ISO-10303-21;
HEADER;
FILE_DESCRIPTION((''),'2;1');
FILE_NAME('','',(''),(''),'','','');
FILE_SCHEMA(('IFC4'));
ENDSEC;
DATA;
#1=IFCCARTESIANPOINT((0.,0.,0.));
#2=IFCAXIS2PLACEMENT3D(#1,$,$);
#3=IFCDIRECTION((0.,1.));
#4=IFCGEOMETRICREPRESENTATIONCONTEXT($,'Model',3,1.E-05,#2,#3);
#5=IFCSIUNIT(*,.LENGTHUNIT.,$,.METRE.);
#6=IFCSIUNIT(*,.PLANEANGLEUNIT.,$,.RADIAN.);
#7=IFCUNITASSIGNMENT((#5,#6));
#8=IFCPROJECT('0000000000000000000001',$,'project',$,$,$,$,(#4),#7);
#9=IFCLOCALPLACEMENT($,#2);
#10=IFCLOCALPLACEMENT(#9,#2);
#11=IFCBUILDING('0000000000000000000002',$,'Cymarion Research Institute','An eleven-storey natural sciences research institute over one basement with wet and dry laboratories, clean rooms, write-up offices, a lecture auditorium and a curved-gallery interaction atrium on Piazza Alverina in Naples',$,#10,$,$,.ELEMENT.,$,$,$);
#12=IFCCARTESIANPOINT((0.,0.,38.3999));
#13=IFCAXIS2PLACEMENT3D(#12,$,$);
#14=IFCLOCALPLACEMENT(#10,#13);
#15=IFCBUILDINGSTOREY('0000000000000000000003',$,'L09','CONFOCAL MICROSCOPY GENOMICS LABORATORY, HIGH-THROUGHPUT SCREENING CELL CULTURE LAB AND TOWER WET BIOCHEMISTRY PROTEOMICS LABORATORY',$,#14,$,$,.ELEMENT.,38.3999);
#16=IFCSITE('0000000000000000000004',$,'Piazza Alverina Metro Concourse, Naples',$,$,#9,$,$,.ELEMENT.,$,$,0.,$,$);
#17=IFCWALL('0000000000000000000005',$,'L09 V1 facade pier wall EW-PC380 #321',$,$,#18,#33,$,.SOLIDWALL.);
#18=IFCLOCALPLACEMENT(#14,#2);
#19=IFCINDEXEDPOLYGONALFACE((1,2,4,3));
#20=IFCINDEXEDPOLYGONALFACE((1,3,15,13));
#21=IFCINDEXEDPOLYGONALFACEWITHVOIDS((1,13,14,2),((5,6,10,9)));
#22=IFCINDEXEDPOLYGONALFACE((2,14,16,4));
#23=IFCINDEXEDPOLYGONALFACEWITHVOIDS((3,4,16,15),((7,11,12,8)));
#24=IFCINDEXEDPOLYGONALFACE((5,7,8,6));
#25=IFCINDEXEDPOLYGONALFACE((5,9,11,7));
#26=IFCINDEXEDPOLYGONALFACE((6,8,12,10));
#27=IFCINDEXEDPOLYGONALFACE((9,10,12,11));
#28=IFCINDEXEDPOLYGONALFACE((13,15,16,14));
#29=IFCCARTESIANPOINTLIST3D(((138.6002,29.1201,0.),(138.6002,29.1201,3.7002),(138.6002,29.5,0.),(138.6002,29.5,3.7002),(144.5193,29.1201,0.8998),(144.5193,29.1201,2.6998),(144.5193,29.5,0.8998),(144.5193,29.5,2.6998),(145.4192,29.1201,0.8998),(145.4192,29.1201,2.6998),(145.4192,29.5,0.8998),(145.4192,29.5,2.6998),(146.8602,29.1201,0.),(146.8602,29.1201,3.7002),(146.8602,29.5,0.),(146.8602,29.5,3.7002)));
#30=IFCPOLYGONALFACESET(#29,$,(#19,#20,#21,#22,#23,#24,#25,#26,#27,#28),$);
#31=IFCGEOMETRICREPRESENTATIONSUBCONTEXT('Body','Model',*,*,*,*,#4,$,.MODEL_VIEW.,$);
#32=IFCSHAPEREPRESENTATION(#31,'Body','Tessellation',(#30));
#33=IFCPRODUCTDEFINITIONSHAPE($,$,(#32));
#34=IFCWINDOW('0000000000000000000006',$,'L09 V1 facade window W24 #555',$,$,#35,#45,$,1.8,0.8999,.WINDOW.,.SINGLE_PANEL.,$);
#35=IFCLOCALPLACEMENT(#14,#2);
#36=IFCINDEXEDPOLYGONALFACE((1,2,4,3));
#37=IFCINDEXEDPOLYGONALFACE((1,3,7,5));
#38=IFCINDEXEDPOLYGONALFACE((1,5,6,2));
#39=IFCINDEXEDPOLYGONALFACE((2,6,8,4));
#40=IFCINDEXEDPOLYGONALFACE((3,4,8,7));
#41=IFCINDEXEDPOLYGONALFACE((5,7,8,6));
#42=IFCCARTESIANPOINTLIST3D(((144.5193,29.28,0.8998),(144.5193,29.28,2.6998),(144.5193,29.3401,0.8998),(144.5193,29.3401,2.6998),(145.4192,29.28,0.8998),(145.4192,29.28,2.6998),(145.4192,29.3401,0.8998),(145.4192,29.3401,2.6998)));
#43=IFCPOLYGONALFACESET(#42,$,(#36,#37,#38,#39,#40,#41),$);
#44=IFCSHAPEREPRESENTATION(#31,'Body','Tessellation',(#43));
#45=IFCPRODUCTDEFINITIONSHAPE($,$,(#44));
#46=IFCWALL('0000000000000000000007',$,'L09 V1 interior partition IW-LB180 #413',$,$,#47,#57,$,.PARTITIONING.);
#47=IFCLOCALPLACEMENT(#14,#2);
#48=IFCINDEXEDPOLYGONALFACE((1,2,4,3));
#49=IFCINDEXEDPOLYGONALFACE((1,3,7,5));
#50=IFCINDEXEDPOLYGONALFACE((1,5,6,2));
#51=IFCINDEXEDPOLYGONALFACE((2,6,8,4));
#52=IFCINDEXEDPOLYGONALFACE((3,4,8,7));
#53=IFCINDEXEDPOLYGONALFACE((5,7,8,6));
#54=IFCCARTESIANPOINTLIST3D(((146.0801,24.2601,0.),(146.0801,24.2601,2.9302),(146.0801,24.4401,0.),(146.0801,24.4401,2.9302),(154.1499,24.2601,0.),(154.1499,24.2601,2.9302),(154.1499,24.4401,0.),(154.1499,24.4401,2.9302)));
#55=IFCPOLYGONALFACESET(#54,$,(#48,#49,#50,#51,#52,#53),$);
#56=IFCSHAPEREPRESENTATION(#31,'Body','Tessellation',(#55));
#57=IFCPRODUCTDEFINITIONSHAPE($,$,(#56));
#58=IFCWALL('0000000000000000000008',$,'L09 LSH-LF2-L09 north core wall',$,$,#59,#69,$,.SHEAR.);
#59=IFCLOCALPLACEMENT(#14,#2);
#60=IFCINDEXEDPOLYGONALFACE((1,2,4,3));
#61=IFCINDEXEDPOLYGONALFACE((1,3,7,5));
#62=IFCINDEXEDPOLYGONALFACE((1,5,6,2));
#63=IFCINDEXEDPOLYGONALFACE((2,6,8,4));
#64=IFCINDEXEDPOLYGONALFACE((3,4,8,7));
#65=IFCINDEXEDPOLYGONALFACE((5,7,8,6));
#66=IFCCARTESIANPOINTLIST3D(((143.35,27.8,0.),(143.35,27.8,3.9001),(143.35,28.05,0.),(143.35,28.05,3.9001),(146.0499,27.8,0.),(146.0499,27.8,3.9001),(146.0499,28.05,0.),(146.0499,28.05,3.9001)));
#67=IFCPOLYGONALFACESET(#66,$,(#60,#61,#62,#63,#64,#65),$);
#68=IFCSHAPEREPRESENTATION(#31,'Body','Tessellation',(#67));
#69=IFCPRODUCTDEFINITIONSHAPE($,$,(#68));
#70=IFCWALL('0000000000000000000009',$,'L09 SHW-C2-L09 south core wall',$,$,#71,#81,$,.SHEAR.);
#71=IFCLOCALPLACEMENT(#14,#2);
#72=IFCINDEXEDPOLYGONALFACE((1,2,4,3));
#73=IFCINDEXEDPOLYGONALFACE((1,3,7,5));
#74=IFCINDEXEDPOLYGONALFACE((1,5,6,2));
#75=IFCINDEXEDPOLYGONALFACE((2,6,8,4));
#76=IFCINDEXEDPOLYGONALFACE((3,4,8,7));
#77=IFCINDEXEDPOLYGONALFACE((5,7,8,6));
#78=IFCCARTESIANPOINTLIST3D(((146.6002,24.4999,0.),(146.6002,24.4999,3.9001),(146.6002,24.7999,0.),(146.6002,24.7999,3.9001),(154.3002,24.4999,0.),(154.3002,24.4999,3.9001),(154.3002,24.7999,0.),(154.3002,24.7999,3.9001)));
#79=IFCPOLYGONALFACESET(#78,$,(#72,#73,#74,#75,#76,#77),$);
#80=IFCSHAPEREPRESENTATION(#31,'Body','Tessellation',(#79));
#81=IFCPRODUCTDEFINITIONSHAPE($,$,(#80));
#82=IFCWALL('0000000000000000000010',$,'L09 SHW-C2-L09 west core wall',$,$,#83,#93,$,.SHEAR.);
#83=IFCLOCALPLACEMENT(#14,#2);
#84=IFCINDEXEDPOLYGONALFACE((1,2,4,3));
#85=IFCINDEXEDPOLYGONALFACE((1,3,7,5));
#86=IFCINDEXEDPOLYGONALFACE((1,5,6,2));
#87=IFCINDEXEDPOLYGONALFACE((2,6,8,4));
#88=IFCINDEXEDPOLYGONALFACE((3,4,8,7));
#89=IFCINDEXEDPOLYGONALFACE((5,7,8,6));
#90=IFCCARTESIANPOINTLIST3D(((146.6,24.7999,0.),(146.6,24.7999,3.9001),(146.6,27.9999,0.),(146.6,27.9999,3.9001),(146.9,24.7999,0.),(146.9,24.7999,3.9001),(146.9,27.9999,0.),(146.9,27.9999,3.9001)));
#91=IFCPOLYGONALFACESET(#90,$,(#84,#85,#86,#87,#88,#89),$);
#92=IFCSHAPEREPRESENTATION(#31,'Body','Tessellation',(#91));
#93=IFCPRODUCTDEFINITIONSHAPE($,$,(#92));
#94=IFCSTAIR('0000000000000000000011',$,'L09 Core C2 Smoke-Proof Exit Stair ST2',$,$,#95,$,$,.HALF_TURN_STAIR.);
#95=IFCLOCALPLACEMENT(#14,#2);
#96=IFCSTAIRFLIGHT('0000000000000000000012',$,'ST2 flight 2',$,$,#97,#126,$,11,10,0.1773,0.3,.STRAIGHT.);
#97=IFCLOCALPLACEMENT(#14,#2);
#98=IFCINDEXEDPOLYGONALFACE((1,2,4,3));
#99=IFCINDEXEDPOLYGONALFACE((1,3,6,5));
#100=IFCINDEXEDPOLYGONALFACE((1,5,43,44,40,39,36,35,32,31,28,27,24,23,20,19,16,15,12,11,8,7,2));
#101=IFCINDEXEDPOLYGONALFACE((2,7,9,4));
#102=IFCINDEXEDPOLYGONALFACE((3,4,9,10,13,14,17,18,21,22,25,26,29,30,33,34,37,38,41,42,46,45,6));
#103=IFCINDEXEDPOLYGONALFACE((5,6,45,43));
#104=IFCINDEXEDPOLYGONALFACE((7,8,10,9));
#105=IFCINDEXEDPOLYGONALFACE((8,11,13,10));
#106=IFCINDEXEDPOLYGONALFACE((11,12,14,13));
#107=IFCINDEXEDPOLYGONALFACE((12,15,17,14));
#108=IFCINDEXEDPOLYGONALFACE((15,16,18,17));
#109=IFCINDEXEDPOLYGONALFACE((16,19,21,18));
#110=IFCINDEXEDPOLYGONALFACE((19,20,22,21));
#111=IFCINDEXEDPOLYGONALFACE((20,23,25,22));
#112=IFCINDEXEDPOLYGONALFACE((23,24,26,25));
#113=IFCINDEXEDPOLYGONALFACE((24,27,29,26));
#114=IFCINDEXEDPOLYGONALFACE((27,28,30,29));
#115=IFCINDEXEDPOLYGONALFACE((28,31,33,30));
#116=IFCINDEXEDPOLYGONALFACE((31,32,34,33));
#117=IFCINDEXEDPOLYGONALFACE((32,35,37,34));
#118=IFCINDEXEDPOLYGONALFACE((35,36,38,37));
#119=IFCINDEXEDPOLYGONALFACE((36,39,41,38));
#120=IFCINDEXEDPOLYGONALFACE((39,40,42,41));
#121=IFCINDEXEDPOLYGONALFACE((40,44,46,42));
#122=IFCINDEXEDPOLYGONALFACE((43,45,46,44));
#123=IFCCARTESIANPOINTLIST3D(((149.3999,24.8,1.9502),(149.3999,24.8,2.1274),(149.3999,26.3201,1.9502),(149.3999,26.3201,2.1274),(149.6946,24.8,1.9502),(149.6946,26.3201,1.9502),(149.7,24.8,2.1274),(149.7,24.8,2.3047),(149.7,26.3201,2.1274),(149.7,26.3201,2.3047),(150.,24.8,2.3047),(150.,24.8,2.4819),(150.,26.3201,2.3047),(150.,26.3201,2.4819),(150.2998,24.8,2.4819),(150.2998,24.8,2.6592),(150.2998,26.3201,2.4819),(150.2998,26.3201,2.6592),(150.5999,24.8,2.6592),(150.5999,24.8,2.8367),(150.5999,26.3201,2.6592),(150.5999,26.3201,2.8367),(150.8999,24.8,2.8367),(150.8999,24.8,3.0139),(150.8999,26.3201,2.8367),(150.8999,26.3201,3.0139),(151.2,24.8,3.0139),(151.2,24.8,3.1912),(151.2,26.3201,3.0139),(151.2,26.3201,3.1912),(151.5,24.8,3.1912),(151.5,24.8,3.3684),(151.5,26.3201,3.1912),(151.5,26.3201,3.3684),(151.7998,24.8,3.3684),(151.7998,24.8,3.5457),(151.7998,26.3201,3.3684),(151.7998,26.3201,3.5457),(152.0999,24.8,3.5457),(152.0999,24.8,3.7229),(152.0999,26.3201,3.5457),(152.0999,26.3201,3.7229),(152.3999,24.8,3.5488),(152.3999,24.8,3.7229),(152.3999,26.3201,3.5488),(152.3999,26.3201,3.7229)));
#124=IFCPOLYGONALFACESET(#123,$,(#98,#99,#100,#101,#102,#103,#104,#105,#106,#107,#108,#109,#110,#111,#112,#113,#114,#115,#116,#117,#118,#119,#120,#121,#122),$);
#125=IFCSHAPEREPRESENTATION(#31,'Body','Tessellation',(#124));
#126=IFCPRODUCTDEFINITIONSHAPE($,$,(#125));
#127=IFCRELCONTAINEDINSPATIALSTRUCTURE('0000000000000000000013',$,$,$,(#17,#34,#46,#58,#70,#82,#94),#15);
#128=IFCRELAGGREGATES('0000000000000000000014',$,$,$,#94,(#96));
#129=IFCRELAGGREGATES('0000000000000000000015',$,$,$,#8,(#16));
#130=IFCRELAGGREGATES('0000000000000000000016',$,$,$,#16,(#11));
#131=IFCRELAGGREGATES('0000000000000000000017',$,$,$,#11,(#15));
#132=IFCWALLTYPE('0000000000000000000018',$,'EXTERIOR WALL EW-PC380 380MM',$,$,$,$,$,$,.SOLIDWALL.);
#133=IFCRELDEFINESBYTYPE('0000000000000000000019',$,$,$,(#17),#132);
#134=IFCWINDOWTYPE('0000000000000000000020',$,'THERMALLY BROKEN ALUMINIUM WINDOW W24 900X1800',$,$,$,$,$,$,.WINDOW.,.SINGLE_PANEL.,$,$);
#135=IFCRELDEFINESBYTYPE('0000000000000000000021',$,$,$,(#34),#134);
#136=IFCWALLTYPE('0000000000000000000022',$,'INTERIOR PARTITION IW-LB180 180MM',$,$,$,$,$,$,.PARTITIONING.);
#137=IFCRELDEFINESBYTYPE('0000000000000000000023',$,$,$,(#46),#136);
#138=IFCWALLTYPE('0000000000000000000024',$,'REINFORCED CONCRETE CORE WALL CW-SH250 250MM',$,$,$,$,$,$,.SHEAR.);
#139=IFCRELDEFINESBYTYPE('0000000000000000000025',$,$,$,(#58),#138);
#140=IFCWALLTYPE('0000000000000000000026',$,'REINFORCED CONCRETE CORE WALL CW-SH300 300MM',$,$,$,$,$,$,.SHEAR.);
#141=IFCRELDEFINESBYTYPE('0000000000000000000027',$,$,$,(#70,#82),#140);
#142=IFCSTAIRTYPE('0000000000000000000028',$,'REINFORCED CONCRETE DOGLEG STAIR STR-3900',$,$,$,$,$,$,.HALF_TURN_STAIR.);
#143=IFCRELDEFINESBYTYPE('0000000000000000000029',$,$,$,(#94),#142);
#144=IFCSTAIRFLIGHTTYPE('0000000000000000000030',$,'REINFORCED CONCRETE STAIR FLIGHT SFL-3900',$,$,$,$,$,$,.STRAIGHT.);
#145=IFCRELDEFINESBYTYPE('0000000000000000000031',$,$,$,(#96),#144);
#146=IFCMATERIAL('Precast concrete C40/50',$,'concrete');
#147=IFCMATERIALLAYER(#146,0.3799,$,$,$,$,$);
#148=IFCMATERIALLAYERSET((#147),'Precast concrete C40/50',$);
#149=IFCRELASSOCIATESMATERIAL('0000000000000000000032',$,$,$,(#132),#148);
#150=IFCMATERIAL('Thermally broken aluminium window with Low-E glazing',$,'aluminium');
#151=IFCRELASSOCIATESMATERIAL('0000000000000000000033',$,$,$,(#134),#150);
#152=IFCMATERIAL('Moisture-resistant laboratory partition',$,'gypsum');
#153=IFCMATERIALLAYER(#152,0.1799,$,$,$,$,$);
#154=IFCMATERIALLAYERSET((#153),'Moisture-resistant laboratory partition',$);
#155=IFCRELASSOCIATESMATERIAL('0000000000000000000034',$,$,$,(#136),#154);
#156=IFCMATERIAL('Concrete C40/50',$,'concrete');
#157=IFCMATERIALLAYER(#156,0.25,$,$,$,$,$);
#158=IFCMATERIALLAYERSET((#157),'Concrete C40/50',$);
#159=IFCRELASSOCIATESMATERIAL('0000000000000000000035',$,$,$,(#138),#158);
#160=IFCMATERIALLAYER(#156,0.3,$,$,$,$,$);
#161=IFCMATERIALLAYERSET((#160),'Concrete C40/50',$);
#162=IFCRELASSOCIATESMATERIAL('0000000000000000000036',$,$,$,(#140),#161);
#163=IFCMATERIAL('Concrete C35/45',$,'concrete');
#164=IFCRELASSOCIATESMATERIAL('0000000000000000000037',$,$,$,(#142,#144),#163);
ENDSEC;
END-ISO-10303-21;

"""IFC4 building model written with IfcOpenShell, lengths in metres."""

from ifc_helpers import new_model, si_unit, direction, frame, frame_2d, origin, place, context, subcontext, project, spatial, polyline, rectangle, outline, extrude, material, layer, layer_set, type_object, element, fill, aggregate, save


model = new_model("IFC4")

# Units and contexts
model_context = context("Model", 3, precision=1e-05, world=origin(), true_north=direction((0.0, 1.0)))
body_context = subcontext(model_context, "Body", "Model", "MODEL_VIEW")
ifc_project = project(units=[si_unit("LENGTHUNIT", "METRE"), si_unit("PLANEANGLEUNIT", "RADIAN")], contexts=[model_context])

# Site, building, storey
site_placement = place(None, origin())
site = spatial("IfcSite", under=ifc_project, at=site_placement, Name="Piazza Alverina Metro Concourse, Naples", CompositionType="ELEMENT", RefElevation=0.0)
building_placement = place(site_placement, origin())
building = spatial("IfcBuilding", under=site, at=building_placement, Name="Cymarion Research Institute", Description="An eleven-storey natural sciences research institute over one basement with wet and dry laboratories, clean rooms, write-up offices, a lecture auditorium and a curved-gallery interaction atrium on Piazza Alverina in Naples", CompositionType="ELEMENT")
storey_placement = place(building_placement, frame((0.0, 0.0, 38.3999)))
storey = spatial("IfcBuildingStorey", under=building, at=storey_placement, Name="L09", Description="CONFOCAL MICROSCOPY GENOMICS LABORATORY, HIGH-THROUGHPUT SCREENING CELL CULTURE LAB AND TOWER WET BIOCHEMISTRY PROTEOMICS LABORATORY", CompositionType="ELEMENT", Elevation=38.3999)

# Shared definitions
ifc_material_1 = material(Name="Concrete C40/50", Category="concrete")

# Wall, opening, window
ifc_material_2 = material(Name="Precast concrete C40/50", Category="concrete")
ifc_layer_1 = layer(ifc_material_2, 0.3799)
ifc_layer_set_1 = layer_set([ifc_layer_1], Name="Precast concrete C40/50")
wall_type_1 = type_object("IfcWallType", Name="EXTERIOR WALL EW-PC380 380MM", PredefinedType="SOLIDWALL", material=ifc_layer_set_1)
wall_1_placement = place(storey_placement, frame((146.8601, 29.3101, 0.0), z_axis=(0.0, 0.0, 1.0), x_axis=(-1.0, 0.0, 0.0)))
wall_1 = element("IfcWall", 1, at=wall_1_placement, inside=storey, type_object=wall_type_1, Name="L09 V1 facade pier wall EW-PC380 #321", PredefinedType="SOLIDWALL", context=body_context, shape_type="SweptSolid", body=[
    extrude(rectangle(XDim=8.26, YDim=0.3799, at=frame_2d((4.1299, 0.0))), origin(), (0.0, 0.0, 1.0), 3.7002),
])
opening_placement = place(wall_1_placement, frame((1.4409, 0.0, 0.8999)))
opening = element("IfcOpeningElement", 2, at=opening_placement, cuts=wall_1, PredefinedType="OPENING", context=body_context, shape_type="SweptSolid", body=[
    extrude(rectangle(XDim=0.8999, YDim=1.8, at=frame_2d((0.45, 0.8999))), frame((0.0, 0.2, 0.0), z_axis=(0.0, -1.0, 0.0), x_axis=(1.0, 0.0, 0.0)), (0.0, 0.0, 1.0), 0.3999),
])
ifc_material_3 = material(Name="Thermally broken aluminium window with Low-E glazing", Category="aluminium")
window_type = type_object("IfcWindowType", Name="THERMALLY BROKEN ALUMINIUM WINDOW W24 900X1800", PartitioningType="SINGLE_PANEL", PredefinedType="WINDOW", material=ifc_material_3)
window_placement = place(opening_placement, origin())
window = element("IfcWindow", 3, at=window_placement, inside=storey, type_object=window_type, Name="L09 V1 facade window W24 #555", OverallHeight=1.8, OverallWidth=0.8999, PartitioningType="SINGLE_PANEL", PredefinedType="WINDOW", context=body_context, shape_type="SweptSolid", body=[
    extrude(rectangle(XDim=0.8999, YDim=1.8, at=frame_2d((0.45, 0.8999))), frame((0.0, 0.03, 0.0), z_axis=(0.0, -1.0, 0.0), x_axis=(1.0, 0.0, 0.0)), (0.0, 0.0, 1.0), 0.0601),
])
fill(opening, window)

# Walls
ifc_material_4 = material(Name="Moisture-resistant laboratory partition", Category="gypsum")
ifc_layer_2 = layer(ifc_material_4, 0.1799)
ifc_layer_set_2 = layer_set([ifc_layer_2], Name="Moisture-resistant laboratory partition")
wall_type_2 = type_object("IfcWallType", Name="INTERIOR PARTITION IW-LB180 180MM", PredefinedType="PARTITIONING", material=ifc_layer_set_2)
wall_2_placement = place(storey_placement, frame((146.0801, 24.3501, 0.0), z_axis=(0.0, 0.0, 1.0), x_axis=(1.0, 0.0, 0.0)))
element("IfcWall", 4, at=wall_2_placement, inside=storey, type_object=wall_type_2, Name="L09 V1 interior partition IW-LB180 #413", PredefinedType="PARTITIONING", context=body_context, shape_type="SweptSolid", body=[
    extrude(rectangle(XDim=8.0698, YDim=0.1799, at=frame_2d((4.0349, 0.0))), origin(), (0.0, 0.0, 1.0), 2.9302),
])
ifc_layer_3 = layer(ifc_material_1, 0.25)
ifc_layer_set_3 = layer_set([ifc_layer_3], Name="Concrete C40/50")
wall_type_3 = type_object("IfcWallType", Name="REINFORCED CONCRETE CORE WALL CW-SH250 250MM", PredefinedType="SHEAR", material=ifc_layer_set_3)
wall_3_placement = place(storey_placement, frame((146.05, 27.925, 0.0), z_axis=(0.0, 0.0, 1.0), x_axis=(-1.0, 0.0, 0.0)))
element("IfcWall", 5, at=wall_3_placement, inside=storey, type_object=wall_type_3, Name="L09 LSH-LF2-L09 north core wall", PredefinedType="SHEAR", context=body_context, shape_type="SweptSolid", body=[
    extrude(rectangle(XDim=2.7, YDim=0.25, at=frame_2d((1.3501, 0.0))), origin(), (0.0, 0.0, 1.0), 3.9001),
])
ifc_layer_4 = layer(ifc_material_1, 0.3)
ifc_layer_set_4 = layer_set([ifc_layer_4], Name="Concrete C40/50")
wall_type_4 = type_object("IfcWallType", Name="REINFORCED CONCRETE CORE WALL CW-SH300 300MM", PredefinedType="SHEAR", material=ifc_layer_set_4)
wall_4_placement = place(storey_placement, frame((146.6001, 24.6499, 0.0), z_axis=(0.0, 0.0, 1.0), x_axis=(1.0, 0.0, 0.0)))
element("IfcWall", 6, at=wall_4_placement, inside=storey, type_object=wall_type_4, Name="L09 SHW-C2-L09 south core wall", PredefinedType="SHEAR", context=body_context, shape_type="SweptSolid", body=[
    extrude(rectangle(XDim=7.7, YDim=0.3, at=frame_2d((3.8501, 0.0))), origin(), (0.0, 0.0, 1.0), 3.9001),
])
wall_5_placement = place(storey_placement, frame((146.75, 28.0, 0.0), z_axis=(0.0, 0.0, 1.0), x_axis=(0.0, -1.0, 0.0)))
element("IfcWall", 7, at=wall_5_placement, inside=storey, type_object=wall_type_4, Name="L09 SHW-C2-L09 west core wall", PredefinedType="SHEAR", context=body_context, shape_type="SweptSolid", body=[
    extrude(rectangle(XDim=3.2, YDim=0.3, at=frame_2d((1.6001, 0.0))), origin(), (0.0, 0.0, 1.0), 3.9001),
])

# Stair, stair flight
ifc_material_5 = material(Name="Concrete C35/45", Category="concrete")
stair_type = type_object("IfcStairType", Name="REINFORCED CONCRETE DOGLEG STAIR STR-3900", PredefinedType="HALF_TURN_STAIR", material=ifc_material_5)
stair_placement = place(storey_placement, origin())
stair = element("IfcStair", 8, at=stair_placement, inside=storey, type_object=stair_type, Name="L09 Core C2 Smoke-Proof Exit Stair ST2", PredefinedType="HALF_TURN_STAIR")
stair_flight_type = type_object("IfcStairFlightType", Name="REINFORCED CONCRETE STAIR FLIGHT SFL-3900", PredefinedType="STRAIGHT", material=ifc_material_5)
stair_flight_placement = place(storey_placement, frame((149.3999, 25.5601, 1.9502), z_axis=(0.0, 0.0, 1.0), x_axis=(1.0, 0.0, 0.0)))
stair_flight = element("IfcStairFlight", 9, at=stair_flight_placement, type_object=stair_flight_type, Name="ST2 flight 2", NumberOfRisers=11, NumberOfTreads=10, PredefinedType="STRAIGHT", RiserHeight=0.1773, TreadLength=0.3, context=body_context, shape_type="SweptSolid", body=[
    extrude(outline(polyline([(0.0, 0.0), (0.0, 0.1772), (0.3, 0.1772), (0.3, 0.3545), (0.6001, 0.3545), (0.6001, 0.5317), (0.8999, 0.5317), (0.8999, 0.709), (1.2, 0.709), (1.2, 0.8865), (1.5, 0.8865), (1.5, 1.0637), (1.8, 1.0637), (1.8, 1.241), (2.1001, 1.241), (2.1001, 1.4182), (2.3999, 1.4182), (2.3999, 1.5955), (2.7, 1.5955), (2.7, 1.7727), (3.0, 1.7727), (3.0, 1.95), (3.0, 1.5986), (0.2947, 0.0), (0.0, 0.0)])), frame((0.0, 0.76, 0.0), z_axis=(0.0, -1.0, 0.0), x_axis=(1.0, 0.0, 0.0)), (0.0, 0.0, 1.0), 1.52),
])
aggregate(stair, [stair_flight])

save(model, "model.ifc")
